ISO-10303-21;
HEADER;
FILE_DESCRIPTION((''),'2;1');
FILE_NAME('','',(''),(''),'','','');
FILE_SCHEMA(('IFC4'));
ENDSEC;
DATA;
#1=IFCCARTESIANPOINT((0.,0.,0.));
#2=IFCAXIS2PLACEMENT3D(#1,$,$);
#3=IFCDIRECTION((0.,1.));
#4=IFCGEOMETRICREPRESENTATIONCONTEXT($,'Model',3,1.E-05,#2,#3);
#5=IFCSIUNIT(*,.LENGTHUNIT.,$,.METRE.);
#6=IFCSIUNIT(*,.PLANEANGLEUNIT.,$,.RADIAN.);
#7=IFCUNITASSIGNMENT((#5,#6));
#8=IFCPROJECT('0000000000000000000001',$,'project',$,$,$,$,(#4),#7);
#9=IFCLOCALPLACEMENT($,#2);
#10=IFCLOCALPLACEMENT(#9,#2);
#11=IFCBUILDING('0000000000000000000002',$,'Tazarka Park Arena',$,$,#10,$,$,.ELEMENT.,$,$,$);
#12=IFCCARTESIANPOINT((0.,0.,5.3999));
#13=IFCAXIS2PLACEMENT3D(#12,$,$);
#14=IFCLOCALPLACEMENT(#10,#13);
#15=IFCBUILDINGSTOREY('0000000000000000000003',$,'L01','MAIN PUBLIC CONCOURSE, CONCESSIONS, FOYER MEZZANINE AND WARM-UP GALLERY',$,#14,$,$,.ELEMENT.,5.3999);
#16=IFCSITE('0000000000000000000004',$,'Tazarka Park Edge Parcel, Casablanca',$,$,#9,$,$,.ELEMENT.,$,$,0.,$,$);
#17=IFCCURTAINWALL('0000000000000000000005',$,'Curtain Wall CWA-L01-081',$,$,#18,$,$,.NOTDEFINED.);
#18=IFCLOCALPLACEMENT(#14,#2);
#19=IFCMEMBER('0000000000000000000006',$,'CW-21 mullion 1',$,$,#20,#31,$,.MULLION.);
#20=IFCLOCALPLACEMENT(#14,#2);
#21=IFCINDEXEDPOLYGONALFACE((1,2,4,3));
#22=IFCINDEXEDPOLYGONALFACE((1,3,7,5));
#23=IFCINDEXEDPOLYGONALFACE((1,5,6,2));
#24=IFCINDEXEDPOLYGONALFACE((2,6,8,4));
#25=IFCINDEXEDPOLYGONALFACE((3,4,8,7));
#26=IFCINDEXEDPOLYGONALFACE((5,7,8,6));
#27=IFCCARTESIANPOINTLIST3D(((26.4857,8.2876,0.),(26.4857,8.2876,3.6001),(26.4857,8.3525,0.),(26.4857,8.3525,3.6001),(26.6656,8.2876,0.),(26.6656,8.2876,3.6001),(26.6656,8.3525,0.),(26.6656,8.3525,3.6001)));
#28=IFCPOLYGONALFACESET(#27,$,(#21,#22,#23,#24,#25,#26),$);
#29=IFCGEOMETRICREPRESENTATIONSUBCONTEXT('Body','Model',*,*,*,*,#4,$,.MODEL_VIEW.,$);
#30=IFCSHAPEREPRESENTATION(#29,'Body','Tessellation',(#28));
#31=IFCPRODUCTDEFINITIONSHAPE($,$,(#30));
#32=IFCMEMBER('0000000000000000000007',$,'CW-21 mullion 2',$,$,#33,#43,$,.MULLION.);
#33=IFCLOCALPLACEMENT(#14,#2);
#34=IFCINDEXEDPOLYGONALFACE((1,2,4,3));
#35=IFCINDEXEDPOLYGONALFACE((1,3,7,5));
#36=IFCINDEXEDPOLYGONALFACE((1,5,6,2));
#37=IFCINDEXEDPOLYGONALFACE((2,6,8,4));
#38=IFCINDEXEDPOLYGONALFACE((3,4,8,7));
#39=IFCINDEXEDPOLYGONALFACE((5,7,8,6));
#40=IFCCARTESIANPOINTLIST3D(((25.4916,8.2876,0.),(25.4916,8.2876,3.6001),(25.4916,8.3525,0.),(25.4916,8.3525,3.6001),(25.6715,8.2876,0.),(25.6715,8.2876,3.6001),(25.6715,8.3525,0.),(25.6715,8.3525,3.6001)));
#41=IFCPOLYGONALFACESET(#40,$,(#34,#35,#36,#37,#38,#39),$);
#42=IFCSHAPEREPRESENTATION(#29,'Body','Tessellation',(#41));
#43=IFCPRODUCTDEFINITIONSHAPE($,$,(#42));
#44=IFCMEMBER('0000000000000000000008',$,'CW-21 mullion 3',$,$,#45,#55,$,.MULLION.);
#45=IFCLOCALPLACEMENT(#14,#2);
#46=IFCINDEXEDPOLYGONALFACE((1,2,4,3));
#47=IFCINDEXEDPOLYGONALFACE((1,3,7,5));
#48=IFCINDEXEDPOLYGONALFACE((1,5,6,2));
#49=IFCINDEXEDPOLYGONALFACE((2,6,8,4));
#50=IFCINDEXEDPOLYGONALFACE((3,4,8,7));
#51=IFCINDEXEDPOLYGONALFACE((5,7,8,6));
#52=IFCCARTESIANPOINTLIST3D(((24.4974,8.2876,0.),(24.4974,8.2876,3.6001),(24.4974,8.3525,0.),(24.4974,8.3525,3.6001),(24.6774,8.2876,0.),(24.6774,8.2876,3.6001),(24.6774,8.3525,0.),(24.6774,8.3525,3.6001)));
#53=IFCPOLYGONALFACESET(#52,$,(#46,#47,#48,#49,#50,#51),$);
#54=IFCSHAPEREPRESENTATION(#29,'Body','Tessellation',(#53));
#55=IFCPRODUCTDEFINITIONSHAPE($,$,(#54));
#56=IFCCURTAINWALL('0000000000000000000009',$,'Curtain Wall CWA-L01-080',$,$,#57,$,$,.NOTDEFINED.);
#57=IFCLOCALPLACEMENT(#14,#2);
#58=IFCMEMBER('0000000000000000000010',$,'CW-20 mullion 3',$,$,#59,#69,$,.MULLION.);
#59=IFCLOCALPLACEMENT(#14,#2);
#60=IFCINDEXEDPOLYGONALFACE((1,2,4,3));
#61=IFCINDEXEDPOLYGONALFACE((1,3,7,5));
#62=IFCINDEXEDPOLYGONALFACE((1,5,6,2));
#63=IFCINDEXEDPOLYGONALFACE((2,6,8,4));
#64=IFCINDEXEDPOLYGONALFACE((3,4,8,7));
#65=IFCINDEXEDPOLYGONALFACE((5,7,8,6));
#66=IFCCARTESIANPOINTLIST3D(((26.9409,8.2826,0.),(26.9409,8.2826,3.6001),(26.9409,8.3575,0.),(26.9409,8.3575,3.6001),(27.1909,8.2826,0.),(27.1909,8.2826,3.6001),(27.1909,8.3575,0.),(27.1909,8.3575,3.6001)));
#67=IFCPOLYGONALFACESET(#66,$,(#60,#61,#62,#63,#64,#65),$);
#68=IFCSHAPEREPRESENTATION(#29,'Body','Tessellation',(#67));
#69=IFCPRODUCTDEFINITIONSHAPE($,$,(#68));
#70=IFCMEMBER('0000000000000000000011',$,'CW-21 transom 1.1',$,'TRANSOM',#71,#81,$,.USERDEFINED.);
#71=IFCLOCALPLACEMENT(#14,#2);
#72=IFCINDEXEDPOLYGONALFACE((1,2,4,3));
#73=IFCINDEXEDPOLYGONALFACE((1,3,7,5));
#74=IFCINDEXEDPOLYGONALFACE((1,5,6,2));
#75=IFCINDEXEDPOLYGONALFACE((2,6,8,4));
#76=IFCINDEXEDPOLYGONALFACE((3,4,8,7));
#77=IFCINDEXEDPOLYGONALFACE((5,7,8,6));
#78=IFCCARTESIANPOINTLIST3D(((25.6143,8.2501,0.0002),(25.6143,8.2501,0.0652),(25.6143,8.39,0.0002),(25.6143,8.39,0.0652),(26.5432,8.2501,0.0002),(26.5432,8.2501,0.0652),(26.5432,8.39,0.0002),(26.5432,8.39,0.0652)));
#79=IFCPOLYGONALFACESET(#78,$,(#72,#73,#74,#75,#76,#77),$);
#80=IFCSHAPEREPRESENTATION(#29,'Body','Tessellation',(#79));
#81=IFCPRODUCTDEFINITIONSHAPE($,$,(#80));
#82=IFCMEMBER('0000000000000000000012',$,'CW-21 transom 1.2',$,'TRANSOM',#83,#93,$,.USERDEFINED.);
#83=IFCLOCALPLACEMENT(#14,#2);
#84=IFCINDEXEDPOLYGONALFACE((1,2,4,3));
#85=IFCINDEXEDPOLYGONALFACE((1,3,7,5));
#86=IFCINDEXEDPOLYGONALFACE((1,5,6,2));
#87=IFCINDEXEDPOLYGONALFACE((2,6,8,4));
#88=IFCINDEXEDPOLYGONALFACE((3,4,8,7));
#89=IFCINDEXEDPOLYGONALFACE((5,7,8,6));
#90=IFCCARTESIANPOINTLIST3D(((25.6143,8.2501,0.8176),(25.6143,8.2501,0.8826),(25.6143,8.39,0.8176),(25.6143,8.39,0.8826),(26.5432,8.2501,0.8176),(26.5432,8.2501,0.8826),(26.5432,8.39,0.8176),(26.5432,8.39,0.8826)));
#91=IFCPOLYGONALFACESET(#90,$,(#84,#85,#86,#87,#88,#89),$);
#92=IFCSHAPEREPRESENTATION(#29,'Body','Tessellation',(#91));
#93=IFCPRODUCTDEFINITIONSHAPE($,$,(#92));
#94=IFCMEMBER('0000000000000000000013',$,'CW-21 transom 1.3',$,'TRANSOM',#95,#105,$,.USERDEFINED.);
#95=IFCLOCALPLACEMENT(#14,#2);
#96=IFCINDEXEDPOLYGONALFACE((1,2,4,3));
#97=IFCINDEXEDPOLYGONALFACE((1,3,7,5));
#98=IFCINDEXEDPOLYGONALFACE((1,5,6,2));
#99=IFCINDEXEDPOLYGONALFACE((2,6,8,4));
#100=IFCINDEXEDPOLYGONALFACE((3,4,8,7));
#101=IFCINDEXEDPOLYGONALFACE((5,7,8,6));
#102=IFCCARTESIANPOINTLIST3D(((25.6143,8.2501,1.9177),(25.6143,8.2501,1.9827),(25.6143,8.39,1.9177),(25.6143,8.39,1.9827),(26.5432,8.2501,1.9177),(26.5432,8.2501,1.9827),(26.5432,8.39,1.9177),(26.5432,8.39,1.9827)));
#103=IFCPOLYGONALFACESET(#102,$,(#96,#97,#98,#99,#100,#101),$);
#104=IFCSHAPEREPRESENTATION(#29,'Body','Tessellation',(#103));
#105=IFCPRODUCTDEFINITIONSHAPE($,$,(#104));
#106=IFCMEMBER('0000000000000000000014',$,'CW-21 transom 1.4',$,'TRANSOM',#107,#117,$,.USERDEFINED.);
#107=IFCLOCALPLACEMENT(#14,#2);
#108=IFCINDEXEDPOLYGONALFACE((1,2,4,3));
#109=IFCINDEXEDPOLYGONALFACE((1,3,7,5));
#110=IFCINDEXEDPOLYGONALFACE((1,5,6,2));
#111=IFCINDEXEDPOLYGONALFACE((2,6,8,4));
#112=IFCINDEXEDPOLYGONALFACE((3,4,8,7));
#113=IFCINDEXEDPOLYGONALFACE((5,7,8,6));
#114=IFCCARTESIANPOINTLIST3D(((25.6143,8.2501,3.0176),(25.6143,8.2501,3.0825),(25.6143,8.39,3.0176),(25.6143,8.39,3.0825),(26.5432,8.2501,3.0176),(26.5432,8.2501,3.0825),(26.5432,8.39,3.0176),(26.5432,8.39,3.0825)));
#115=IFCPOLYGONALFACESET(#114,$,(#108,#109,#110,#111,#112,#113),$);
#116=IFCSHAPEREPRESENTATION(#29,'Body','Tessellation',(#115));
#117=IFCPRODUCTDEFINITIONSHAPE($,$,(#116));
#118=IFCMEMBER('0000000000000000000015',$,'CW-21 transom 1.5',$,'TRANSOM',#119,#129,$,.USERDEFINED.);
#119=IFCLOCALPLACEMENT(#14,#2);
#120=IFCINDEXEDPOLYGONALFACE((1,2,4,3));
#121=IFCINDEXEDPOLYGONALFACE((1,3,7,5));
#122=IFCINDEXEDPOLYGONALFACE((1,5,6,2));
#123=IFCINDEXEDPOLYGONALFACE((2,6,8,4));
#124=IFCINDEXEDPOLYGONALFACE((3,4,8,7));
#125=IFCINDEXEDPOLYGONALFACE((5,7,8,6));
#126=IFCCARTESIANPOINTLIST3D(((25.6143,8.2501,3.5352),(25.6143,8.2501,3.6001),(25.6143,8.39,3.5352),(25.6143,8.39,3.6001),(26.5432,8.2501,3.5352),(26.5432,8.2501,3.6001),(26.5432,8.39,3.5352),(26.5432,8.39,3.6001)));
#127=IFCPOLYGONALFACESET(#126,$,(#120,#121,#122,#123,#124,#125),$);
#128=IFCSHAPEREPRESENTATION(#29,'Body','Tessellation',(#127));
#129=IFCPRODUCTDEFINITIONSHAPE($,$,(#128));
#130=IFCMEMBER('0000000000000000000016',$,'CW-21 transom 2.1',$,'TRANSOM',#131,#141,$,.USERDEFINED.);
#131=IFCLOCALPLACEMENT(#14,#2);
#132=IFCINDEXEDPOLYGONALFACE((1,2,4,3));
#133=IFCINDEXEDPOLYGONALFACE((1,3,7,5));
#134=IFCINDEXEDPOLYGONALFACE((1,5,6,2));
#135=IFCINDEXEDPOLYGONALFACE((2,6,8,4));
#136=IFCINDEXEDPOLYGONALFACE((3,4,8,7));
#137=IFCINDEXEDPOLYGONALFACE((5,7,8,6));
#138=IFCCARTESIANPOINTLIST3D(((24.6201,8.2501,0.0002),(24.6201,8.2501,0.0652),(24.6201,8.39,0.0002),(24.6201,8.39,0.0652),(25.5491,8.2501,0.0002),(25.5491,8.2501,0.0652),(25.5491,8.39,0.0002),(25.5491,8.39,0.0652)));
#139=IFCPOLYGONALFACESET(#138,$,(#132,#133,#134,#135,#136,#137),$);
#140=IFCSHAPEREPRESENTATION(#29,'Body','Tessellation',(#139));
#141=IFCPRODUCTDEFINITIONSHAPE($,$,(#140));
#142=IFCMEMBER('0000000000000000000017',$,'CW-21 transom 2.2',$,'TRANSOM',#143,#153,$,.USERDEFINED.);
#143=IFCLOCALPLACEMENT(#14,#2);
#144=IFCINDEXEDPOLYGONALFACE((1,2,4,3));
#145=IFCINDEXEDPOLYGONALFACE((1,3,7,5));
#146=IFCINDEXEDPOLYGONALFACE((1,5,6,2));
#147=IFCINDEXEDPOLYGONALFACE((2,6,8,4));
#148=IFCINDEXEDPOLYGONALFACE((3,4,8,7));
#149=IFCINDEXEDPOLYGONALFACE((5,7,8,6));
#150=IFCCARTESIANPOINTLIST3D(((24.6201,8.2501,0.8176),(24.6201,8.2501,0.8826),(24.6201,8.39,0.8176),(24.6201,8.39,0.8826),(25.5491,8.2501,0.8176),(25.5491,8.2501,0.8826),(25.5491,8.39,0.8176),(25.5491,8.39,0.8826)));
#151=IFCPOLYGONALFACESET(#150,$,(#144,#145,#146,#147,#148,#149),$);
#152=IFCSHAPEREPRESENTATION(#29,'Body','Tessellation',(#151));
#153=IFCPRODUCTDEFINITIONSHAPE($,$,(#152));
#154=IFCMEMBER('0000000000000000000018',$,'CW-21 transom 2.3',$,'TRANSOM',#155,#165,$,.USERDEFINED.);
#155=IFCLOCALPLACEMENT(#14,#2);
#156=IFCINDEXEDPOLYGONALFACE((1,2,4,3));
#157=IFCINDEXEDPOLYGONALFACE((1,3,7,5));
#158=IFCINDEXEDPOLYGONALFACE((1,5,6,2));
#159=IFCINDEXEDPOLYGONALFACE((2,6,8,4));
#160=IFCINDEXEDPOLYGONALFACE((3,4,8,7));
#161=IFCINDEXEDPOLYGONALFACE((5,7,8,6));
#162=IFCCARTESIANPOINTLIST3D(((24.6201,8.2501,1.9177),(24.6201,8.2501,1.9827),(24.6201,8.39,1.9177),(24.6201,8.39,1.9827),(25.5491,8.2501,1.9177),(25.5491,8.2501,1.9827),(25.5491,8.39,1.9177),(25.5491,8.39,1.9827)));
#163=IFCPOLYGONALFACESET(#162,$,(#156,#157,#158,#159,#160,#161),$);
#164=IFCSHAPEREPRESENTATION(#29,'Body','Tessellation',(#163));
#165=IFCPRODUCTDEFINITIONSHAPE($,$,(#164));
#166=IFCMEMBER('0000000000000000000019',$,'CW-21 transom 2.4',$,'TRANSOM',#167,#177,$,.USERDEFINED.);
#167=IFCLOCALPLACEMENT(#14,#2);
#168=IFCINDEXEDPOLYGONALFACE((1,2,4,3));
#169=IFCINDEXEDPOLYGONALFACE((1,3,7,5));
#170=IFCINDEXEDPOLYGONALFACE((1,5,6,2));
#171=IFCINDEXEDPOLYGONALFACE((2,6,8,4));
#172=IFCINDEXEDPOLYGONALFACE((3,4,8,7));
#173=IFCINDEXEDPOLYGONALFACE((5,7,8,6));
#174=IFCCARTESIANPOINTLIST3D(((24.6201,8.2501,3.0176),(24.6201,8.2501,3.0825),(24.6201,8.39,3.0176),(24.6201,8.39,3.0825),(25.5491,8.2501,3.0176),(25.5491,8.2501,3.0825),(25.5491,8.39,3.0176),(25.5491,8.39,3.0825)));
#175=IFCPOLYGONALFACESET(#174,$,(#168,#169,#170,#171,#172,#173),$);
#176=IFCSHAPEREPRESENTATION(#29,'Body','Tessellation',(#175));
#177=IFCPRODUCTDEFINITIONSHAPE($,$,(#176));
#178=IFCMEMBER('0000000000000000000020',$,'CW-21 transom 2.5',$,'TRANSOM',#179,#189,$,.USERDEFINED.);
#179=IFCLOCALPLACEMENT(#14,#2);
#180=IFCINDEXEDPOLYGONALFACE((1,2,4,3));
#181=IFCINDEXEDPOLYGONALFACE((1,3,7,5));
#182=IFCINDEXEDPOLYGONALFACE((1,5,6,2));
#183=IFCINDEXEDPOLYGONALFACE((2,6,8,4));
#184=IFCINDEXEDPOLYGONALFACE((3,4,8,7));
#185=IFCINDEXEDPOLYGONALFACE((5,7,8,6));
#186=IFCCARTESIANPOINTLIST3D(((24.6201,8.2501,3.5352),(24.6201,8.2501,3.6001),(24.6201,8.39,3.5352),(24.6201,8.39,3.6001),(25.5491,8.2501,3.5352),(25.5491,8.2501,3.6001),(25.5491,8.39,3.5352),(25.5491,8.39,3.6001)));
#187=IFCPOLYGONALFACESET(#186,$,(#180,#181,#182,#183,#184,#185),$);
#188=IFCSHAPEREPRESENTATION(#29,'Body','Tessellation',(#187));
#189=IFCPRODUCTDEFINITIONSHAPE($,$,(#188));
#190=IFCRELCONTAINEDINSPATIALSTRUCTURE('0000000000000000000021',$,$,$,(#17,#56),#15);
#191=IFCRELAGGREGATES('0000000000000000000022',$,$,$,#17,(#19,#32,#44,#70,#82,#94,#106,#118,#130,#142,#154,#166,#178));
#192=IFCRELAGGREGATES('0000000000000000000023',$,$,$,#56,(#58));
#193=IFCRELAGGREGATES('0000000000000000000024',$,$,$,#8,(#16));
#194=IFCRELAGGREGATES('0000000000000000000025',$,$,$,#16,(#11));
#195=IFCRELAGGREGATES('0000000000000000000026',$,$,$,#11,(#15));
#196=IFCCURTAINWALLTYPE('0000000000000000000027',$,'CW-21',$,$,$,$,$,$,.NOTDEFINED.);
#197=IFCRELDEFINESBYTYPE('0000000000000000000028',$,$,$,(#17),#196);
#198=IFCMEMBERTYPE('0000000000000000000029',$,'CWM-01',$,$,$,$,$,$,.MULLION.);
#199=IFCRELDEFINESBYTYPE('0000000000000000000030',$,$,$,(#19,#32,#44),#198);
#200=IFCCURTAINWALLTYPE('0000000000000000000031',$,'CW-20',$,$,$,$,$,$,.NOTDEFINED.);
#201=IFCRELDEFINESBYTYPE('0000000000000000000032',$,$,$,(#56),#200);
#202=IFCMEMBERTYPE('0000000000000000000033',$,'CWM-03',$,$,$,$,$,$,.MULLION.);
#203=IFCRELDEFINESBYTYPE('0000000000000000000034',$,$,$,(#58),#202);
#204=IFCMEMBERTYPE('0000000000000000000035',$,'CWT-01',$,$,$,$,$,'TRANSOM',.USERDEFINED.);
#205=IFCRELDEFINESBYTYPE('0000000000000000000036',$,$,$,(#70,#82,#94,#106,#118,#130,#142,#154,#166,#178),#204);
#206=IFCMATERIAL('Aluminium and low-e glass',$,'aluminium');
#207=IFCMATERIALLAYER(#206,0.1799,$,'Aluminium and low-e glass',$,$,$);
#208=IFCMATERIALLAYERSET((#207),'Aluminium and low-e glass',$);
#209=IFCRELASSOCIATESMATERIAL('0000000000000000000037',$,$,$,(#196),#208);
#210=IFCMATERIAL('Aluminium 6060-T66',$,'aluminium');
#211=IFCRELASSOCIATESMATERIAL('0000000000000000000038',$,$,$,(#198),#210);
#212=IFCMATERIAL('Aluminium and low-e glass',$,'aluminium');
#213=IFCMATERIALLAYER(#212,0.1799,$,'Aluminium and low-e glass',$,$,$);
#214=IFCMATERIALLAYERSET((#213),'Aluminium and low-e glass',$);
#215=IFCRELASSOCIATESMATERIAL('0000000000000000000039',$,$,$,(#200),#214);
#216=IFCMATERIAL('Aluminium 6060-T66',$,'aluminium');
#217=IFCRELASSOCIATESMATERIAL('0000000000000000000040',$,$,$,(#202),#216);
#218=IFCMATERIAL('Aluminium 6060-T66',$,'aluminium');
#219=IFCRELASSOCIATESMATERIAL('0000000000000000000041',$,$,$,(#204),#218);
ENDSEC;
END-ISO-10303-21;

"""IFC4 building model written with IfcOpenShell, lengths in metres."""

from ifc_helpers import new_model, si_unit, direction, frame, origin, origin_2d, place, context, subcontext, project, spatial, rectangle, extrude, material, layer, layer_set, material_profile, profile_set, type_object, element, aggregate, save


model = new_model("IFC4")

# Units and contexts
model_context = context("Model", 3, precision=1e-05, world=origin(), true_north=direction((0.0, 1.0)))
body_context = subcontext(model_context, "Body", "Model", "MODEL_VIEW")
ifc_project = project(units=[si_unit("LENGTHUNIT", "METRE"), si_unit("PLANEANGLEUNIT", "RADIAN")], contexts=[model_context])

# Site, building, storey
site_placement = place(None, origin())
site = spatial("IfcSite", under=ifc_project, at=site_placement, Name="Tazarka Park Edge Parcel, Casablanca", CompositionType="ELEMENT", RefElevation=0.0)
building_placement = place(site_placement, origin())
building = spatial("IfcBuilding", under=site, at=building_placement, Name="Tazarka Park Arena", CompositionType="ELEMENT")
storey_placement = place(building_placement, frame((0.0, 0.0, 5.3999)))
storey = spatial("IfcBuildingStorey", under=building, at=storey_placement, Name="L01", Description="MAIN PUBLIC CONCOURSE, CONCESSIONS, FOYER MEZZANINE AND WARM-UP GALLERY", CompositionType="ELEMENT", Elevation=5.3999)

# Curtain wall, members
ifc_material_1 = material(Name="Aluminium and low-e glass", Category="aluminium")
ifc_layer_1 = layer(ifc_material_1, 0.1799, Name="Aluminium and low-e glass")
ifc_layer_set_1 = layer_set([ifc_layer_1], Name="Aluminium and low-e glass")
curtain_wall_type_1 = type_object("IfcCurtainWallType", Name="CW-21", PredefinedType="NOTDEFINED", material=ifc_layer_set_1)
curtain_wall_1_placement = place(storey_placement, origin())
curtain_wall_1 = element("IfcCurtainWall", 1, at=curtain_wall_1_placement, inside=storey, type_object=curtain_wall_type_1, Name="Curtain Wall CWA-L01-081", PredefinedType="NOTDEFINED")
ifc_material_2 = material(Name="Aluminium 6060-T66", Category="aluminium")
ifc_material_profile_1 = material_profile(ifc_material_2, rectangle(XDim=0.0649, YDim=0.1799, at=origin_2d()), Name="Aluminium 6060-T66")
ifc_profile_set_1 = profile_set([ifc_material_profile_1], Name="Aluminium 6060-T66")
member_type_1 = type_object("IfcMemberType", Name="CWM-01", PredefinedType="MULLION", material=ifc_profile_set_1)
member_1_placement = place(storey_placement, frame((26.5757, 8.3201, 0.0), z_axis=(0.0, 0.0, 1.0), x_axis=(0.0, -1.0, 0.0)))
member_1 = element("IfcMember", 2, at=member_1_placement, type_object=member_type_1, Name="CW-21 mullion 1", PredefinedType="MULLION", context=body_context, shape_type="SweptSolid", body=[
    extrude(rectangle(XDim=0.0649, YDim=0.1799, at=origin_2d()), origin(), (0.0, 0.0, 1.0), 3.6001),
])
member_2_placement = place(storey_placement, frame((25.5815, 8.3201, 0.0), z_axis=(0.0, 0.0, 1.0), x_axis=(0.0, -1.0, 0.0)))
member_2 = element("IfcMember", 3, at=member_2_placement, type_object=member_type_1, Name="CW-21 mullion 2", PredefinedType="MULLION", context=body_context, shape_type="SweptSolid", body=[
    extrude(rectangle(XDim=0.0649, YDim=0.1799, at=origin_2d()), origin(), (0.0, 0.0, 1.0), 3.6001),
])
member_3_placement = place(storey_placement, frame((24.5874, 8.3201, 0.0), z_axis=(0.0, 0.0, 1.0), x_axis=(0.0, -1.0, 0.0)))
member_3 = element("IfcMember", 4, at=member_3_placement, type_object=member_type_1, Name="CW-21 mullion 3", PredefinedType="MULLION", context=body_context, shape_type="SweptSolid", body=[
    extrude(rectangle(XDim=0.0649, YDim=0.1799, at=origin_2d()), origin(), (0.0, 0.0, 1.0), 3.6001),
])

# Curtain wall, member
ifc_material_3 = material(Name="Aluminium and low-e glass", Category="aluminium")
ifc_layer_2 = layer(ifc_material_3, 0.1799, Name="Aluminium and low-e glass")
ifc_layer_set_2 = layer_set([ifc_layer_2], Name="Aluminium and low-e glass")
curtain_wall_type_2 = type_object("IfcCurtainWallType", Name="CW-20", PredefinedType="NOTDEFINED", material=ifc_layer_set_2)
curtain_wall_2_placement = place(storey_placement, origin())
curtain_wall_2 = element("IfcCurtainWall", 5, at=curtain_wall_2_placement, inside=storey, type_object=curtain_wall_type_2, Name="Curtain Wall CWA-L01-080", PredefinedType="NOTDEFINED")
ifc_material_4 = material(Name="Aluminium 6060-T66", Category="aluminium")
ifc_material_profile_2 = material_profile(ifc_material_4, rectangle(XDim=0.075, YDim=0.25, at=origin_2d()), Name="Aluminium 6060-T66")
ifc_profile_set_2 = profile_set([ifc_material_profile_2], Name="Aluminium 6060-T66")
member_type_2 = type_object("IfcMemberType", Name="CWM-03", PredefinedType="MULLION", material=ifc_profile_set_2)
member_4_placement = place(storey_placement, frame((27.0659, 8.3201, 0.0), z_axis=(0.0, 0.0, 1.0), x_axis=(0.0, -1.0, 0.0)))
member_4 = element("IfcMember", 6, at=member_4_placement, type_object=member_type_2, Name="CW-20 mullion 3", PredefinedType="MULLION", context=body_context, shape_type="SweptSolid", body=[
    extrude(rectangle(XDim=0.075, YDim=0.25, at=origin_2d()), origin(), (0.0, 0.0, 1.0), 3.6001),
])

# Members
ifc_material_5 = material(Name="Aluminium 6060-T66", Category="aluminium")
ifc_material_profile_3 = material_profile(ifc_material_5, rectangle(XDim=0.1399, YDim=0.0649, at=origin_2d()), Name="Aluminium 6060-T66")
ifc_profile_set_3 = profile_set([ifc_material_profile_3], Name="Aluminium 6060-T66")
member_type_3 = type_object("IfcMemberType", Name="CWT-01", ElementType="TRANSOM", PredefinedType="USERDEFINED", material=ifc_profile_set_3)
member_5_placement = place(storey_placement, frame((26.5432, 8.3201, 0.0327), z_axis=(-1.0, 0.0, 0.0), x_axis=(0.0, -1.0, 0.0)))
member_5 = element("IfcMember", 7, at=member_5_placement, type_object=member_type_3, Name="CW-21 transom 1.1", ObjectType="TRANSOM", PredefinedType="USERDEFINED", context=body_context, shape_type="SweptSolid", body=[
    extrude(rectangle(XDim=0.1399, YDim=0.0649, at=origin_2d()), origin(), (0.0, 0.0, 1.0), 0.929),
])
member_6_placement = place(storey_placement, frame((26.5432, 8.3201, 0.8501), z_axis=(-1.0, 0.0, 0.0), x_axis=(0.0, -1.0, 0.0)))
member_6 = element("IfcMember", 8, at=member_6_placement, type_object=member_type_3, Name="CW-21 transom 1.2", ObjectType="TRANSOM", PredefinedType="USERDEFINED", context=body_context, shape_type="SweptSolid", body=[
    extrude(rectangle(XDim=0.1399, YDim=0.0649, at=origin_2d()), origin(), (0.0, 0.0, 1.0), 0.929),
])
member_7_placement = place(storey_placement, frame((26.5432, 8.3201, 1.9502), z_axis=(-1.0, 0.0, 0.0), x_axis=(0.0, -1.0, 0.0)))
member_7 = element("IfcMember", 9, at=member_7_placement, type_object=member_type_3, Name="CW-21 transom 1.3", ObjectType="TRANSOM", PredefinedType="USERDEFINED", context=body_context, shape_type="SweptSolid", body=[
    extrude(rectangle(XDim=0.1399, YDim=0.0649, at=origin_2d()), origin(), (0.0, 0.0, 1.0), 0.929),
])
member_8_placement = place(storey_placement, frame((26.5432, 8.3201, 3.05), z_axis=(-1.0, 0.0, 0.0), x_axis=(0.0, -1.0, 0.0)))
member_8 = element("IfcMember", 10, at=member_8_placement, type_object=member_type_3, Name="CW-21 transom 1.4", ObjectType="TRANSOM", PredefinedType="USERDEFINED", context=body_context, shape_type="SweptSolid", body=[
    extrude(rectangle(XDim=0.1399, YDim=0.0649, at=origin_2d()), origin(), (0.0, 0.0, 1.0), 0.929),
])
member_9_placement = place(storey_placement, frame((26.5432, 8.3201, 3.5676), z_axis=(-1.0, 0.0, 0.0), x_axis=(0.0, -1.0, 0.0)))
member_9 = element("IfcMember", 11, at=member_9_placement, type_object=member_type_3, Name="CW-21 transom 1.5", ObjectType="TRANSOM", PredefinedType="USERDEFINED", context=body_context, shape_type="SweptSolid", body=[
    extrude(rectangle(XDim=0.1399, YDim=0.0649, at=origin_2d()), origin(), (0.0, 0.0, 1.0), 0.929),
])
member_10_placement = place(storey_placement, frame((25.5491, 8.3201, 0.0327), z_axis=(-1.0, 0.0, 0.0), x_axis=(0.0, -1.0, 0.0)))
member_10 = element("IfcMember", 12, at=member_10_placement, type_object=member_type_3, Name="CW-21 transom 2.1", ObjectType="TRANSOM", PredefinedType="USERDEFINED", context=body_context, shape_type="SweptSolid", body=[
    extrude(rectangle(XDim=0.1399, YDim=0.0649, at=origin_2d()), origin(), (0.0, 0.0, 1.0), 0.929),
])
member_11_placement = place(storey_placement, frame((25.5491, 8.3201, 0.8501), z_axis=(-1.0, 0.0, 0.0), x_axis=(0.0, -1.0, 0.0)))
member_11 = element("IfcMember", 13, at=member_11_placement, type_object=member_type_3, Name="CW-21 transom 2.2", ObjectType="TRANSOM", PredefinedType="USERDEFINED", context=body_context, shape_type="SweptSolid", body=[
    extrude(rectangle(XDim=0.1399, YDim=0.0649, at=origin_2d()), origin(), (0.0, 0.0, 1.0), 0.929),
])
member_12_placement = place(storey_placement, frame((25.5491, 8.3201, 1.9502), z_axis=(-1.0, 0.0, 0.0), x_axis=(0.0, -1.0, 0.0)))
member_12 = element("IfcMember", 14, at=member_12_placement, type_object=member_type_3, Name="CW-21 transom 2.3", ObjectType="TRANSOM", PredefinedType="USERDEFINED", context=body_context, shape_type="SweptSolid", body=[
    extrude(rectangle(XDim=0.1399, YDim=0.0649, at=origin_2d()), origin(), (0.0, 0.0, 1.0), 0.929),
])
member_13_placement = place(storey_placement, frame((25.5491, 8.3201, 3.05), z_axis=(-1.0, 0.0, 0.0), x_axis=(0.0, -1.0, 0.0)))
member_13 = element("IfcMember", 15, at=member_13_placement, type_object=member_type_3, Name="CW-21 transom 2.4", ObjectType="TRANSOM", PredefinedType="USERDEFINED", context=body_context, shape_type="SweptSolid", body=[
    extrude(rectangle(XDim=0.1399, YDim=0.0649, at=origin_2d()), origin(), (0.0, 0.0, 1.0), 0.929),
])
member_14_placement = place(storey_placement, frame((25.5491, 8.3201, 3.5676), z_axis=(-1.0, 0.0, 0.0), x_axis=(0.0, -1.0, 0.0)))
member_14 = element("IfcMember", 16, at=member_14_placement, type_object=member_type_3, Name="CW-21 transom 2.5", ObjectType="TRANSOM", PredefinedType="USERDEFINED", context=body_context, shape_type="SweptSolid", body=[
    extrude(rectangle(XDim=0.1399, YDim=0.0649, at=origin_2d()), origin(), (0.0, 0.0, 1.0), 0.929),
])

aggregate(curtain_wall_1, [member_1, member_2, member_3, member_5, member_6, member_7, member_8, member_9, member_10, member_11, member_12, member_13, member_14])
aggregate(curtain_wall_2, [member_4])

save(model, "model.ifc")
